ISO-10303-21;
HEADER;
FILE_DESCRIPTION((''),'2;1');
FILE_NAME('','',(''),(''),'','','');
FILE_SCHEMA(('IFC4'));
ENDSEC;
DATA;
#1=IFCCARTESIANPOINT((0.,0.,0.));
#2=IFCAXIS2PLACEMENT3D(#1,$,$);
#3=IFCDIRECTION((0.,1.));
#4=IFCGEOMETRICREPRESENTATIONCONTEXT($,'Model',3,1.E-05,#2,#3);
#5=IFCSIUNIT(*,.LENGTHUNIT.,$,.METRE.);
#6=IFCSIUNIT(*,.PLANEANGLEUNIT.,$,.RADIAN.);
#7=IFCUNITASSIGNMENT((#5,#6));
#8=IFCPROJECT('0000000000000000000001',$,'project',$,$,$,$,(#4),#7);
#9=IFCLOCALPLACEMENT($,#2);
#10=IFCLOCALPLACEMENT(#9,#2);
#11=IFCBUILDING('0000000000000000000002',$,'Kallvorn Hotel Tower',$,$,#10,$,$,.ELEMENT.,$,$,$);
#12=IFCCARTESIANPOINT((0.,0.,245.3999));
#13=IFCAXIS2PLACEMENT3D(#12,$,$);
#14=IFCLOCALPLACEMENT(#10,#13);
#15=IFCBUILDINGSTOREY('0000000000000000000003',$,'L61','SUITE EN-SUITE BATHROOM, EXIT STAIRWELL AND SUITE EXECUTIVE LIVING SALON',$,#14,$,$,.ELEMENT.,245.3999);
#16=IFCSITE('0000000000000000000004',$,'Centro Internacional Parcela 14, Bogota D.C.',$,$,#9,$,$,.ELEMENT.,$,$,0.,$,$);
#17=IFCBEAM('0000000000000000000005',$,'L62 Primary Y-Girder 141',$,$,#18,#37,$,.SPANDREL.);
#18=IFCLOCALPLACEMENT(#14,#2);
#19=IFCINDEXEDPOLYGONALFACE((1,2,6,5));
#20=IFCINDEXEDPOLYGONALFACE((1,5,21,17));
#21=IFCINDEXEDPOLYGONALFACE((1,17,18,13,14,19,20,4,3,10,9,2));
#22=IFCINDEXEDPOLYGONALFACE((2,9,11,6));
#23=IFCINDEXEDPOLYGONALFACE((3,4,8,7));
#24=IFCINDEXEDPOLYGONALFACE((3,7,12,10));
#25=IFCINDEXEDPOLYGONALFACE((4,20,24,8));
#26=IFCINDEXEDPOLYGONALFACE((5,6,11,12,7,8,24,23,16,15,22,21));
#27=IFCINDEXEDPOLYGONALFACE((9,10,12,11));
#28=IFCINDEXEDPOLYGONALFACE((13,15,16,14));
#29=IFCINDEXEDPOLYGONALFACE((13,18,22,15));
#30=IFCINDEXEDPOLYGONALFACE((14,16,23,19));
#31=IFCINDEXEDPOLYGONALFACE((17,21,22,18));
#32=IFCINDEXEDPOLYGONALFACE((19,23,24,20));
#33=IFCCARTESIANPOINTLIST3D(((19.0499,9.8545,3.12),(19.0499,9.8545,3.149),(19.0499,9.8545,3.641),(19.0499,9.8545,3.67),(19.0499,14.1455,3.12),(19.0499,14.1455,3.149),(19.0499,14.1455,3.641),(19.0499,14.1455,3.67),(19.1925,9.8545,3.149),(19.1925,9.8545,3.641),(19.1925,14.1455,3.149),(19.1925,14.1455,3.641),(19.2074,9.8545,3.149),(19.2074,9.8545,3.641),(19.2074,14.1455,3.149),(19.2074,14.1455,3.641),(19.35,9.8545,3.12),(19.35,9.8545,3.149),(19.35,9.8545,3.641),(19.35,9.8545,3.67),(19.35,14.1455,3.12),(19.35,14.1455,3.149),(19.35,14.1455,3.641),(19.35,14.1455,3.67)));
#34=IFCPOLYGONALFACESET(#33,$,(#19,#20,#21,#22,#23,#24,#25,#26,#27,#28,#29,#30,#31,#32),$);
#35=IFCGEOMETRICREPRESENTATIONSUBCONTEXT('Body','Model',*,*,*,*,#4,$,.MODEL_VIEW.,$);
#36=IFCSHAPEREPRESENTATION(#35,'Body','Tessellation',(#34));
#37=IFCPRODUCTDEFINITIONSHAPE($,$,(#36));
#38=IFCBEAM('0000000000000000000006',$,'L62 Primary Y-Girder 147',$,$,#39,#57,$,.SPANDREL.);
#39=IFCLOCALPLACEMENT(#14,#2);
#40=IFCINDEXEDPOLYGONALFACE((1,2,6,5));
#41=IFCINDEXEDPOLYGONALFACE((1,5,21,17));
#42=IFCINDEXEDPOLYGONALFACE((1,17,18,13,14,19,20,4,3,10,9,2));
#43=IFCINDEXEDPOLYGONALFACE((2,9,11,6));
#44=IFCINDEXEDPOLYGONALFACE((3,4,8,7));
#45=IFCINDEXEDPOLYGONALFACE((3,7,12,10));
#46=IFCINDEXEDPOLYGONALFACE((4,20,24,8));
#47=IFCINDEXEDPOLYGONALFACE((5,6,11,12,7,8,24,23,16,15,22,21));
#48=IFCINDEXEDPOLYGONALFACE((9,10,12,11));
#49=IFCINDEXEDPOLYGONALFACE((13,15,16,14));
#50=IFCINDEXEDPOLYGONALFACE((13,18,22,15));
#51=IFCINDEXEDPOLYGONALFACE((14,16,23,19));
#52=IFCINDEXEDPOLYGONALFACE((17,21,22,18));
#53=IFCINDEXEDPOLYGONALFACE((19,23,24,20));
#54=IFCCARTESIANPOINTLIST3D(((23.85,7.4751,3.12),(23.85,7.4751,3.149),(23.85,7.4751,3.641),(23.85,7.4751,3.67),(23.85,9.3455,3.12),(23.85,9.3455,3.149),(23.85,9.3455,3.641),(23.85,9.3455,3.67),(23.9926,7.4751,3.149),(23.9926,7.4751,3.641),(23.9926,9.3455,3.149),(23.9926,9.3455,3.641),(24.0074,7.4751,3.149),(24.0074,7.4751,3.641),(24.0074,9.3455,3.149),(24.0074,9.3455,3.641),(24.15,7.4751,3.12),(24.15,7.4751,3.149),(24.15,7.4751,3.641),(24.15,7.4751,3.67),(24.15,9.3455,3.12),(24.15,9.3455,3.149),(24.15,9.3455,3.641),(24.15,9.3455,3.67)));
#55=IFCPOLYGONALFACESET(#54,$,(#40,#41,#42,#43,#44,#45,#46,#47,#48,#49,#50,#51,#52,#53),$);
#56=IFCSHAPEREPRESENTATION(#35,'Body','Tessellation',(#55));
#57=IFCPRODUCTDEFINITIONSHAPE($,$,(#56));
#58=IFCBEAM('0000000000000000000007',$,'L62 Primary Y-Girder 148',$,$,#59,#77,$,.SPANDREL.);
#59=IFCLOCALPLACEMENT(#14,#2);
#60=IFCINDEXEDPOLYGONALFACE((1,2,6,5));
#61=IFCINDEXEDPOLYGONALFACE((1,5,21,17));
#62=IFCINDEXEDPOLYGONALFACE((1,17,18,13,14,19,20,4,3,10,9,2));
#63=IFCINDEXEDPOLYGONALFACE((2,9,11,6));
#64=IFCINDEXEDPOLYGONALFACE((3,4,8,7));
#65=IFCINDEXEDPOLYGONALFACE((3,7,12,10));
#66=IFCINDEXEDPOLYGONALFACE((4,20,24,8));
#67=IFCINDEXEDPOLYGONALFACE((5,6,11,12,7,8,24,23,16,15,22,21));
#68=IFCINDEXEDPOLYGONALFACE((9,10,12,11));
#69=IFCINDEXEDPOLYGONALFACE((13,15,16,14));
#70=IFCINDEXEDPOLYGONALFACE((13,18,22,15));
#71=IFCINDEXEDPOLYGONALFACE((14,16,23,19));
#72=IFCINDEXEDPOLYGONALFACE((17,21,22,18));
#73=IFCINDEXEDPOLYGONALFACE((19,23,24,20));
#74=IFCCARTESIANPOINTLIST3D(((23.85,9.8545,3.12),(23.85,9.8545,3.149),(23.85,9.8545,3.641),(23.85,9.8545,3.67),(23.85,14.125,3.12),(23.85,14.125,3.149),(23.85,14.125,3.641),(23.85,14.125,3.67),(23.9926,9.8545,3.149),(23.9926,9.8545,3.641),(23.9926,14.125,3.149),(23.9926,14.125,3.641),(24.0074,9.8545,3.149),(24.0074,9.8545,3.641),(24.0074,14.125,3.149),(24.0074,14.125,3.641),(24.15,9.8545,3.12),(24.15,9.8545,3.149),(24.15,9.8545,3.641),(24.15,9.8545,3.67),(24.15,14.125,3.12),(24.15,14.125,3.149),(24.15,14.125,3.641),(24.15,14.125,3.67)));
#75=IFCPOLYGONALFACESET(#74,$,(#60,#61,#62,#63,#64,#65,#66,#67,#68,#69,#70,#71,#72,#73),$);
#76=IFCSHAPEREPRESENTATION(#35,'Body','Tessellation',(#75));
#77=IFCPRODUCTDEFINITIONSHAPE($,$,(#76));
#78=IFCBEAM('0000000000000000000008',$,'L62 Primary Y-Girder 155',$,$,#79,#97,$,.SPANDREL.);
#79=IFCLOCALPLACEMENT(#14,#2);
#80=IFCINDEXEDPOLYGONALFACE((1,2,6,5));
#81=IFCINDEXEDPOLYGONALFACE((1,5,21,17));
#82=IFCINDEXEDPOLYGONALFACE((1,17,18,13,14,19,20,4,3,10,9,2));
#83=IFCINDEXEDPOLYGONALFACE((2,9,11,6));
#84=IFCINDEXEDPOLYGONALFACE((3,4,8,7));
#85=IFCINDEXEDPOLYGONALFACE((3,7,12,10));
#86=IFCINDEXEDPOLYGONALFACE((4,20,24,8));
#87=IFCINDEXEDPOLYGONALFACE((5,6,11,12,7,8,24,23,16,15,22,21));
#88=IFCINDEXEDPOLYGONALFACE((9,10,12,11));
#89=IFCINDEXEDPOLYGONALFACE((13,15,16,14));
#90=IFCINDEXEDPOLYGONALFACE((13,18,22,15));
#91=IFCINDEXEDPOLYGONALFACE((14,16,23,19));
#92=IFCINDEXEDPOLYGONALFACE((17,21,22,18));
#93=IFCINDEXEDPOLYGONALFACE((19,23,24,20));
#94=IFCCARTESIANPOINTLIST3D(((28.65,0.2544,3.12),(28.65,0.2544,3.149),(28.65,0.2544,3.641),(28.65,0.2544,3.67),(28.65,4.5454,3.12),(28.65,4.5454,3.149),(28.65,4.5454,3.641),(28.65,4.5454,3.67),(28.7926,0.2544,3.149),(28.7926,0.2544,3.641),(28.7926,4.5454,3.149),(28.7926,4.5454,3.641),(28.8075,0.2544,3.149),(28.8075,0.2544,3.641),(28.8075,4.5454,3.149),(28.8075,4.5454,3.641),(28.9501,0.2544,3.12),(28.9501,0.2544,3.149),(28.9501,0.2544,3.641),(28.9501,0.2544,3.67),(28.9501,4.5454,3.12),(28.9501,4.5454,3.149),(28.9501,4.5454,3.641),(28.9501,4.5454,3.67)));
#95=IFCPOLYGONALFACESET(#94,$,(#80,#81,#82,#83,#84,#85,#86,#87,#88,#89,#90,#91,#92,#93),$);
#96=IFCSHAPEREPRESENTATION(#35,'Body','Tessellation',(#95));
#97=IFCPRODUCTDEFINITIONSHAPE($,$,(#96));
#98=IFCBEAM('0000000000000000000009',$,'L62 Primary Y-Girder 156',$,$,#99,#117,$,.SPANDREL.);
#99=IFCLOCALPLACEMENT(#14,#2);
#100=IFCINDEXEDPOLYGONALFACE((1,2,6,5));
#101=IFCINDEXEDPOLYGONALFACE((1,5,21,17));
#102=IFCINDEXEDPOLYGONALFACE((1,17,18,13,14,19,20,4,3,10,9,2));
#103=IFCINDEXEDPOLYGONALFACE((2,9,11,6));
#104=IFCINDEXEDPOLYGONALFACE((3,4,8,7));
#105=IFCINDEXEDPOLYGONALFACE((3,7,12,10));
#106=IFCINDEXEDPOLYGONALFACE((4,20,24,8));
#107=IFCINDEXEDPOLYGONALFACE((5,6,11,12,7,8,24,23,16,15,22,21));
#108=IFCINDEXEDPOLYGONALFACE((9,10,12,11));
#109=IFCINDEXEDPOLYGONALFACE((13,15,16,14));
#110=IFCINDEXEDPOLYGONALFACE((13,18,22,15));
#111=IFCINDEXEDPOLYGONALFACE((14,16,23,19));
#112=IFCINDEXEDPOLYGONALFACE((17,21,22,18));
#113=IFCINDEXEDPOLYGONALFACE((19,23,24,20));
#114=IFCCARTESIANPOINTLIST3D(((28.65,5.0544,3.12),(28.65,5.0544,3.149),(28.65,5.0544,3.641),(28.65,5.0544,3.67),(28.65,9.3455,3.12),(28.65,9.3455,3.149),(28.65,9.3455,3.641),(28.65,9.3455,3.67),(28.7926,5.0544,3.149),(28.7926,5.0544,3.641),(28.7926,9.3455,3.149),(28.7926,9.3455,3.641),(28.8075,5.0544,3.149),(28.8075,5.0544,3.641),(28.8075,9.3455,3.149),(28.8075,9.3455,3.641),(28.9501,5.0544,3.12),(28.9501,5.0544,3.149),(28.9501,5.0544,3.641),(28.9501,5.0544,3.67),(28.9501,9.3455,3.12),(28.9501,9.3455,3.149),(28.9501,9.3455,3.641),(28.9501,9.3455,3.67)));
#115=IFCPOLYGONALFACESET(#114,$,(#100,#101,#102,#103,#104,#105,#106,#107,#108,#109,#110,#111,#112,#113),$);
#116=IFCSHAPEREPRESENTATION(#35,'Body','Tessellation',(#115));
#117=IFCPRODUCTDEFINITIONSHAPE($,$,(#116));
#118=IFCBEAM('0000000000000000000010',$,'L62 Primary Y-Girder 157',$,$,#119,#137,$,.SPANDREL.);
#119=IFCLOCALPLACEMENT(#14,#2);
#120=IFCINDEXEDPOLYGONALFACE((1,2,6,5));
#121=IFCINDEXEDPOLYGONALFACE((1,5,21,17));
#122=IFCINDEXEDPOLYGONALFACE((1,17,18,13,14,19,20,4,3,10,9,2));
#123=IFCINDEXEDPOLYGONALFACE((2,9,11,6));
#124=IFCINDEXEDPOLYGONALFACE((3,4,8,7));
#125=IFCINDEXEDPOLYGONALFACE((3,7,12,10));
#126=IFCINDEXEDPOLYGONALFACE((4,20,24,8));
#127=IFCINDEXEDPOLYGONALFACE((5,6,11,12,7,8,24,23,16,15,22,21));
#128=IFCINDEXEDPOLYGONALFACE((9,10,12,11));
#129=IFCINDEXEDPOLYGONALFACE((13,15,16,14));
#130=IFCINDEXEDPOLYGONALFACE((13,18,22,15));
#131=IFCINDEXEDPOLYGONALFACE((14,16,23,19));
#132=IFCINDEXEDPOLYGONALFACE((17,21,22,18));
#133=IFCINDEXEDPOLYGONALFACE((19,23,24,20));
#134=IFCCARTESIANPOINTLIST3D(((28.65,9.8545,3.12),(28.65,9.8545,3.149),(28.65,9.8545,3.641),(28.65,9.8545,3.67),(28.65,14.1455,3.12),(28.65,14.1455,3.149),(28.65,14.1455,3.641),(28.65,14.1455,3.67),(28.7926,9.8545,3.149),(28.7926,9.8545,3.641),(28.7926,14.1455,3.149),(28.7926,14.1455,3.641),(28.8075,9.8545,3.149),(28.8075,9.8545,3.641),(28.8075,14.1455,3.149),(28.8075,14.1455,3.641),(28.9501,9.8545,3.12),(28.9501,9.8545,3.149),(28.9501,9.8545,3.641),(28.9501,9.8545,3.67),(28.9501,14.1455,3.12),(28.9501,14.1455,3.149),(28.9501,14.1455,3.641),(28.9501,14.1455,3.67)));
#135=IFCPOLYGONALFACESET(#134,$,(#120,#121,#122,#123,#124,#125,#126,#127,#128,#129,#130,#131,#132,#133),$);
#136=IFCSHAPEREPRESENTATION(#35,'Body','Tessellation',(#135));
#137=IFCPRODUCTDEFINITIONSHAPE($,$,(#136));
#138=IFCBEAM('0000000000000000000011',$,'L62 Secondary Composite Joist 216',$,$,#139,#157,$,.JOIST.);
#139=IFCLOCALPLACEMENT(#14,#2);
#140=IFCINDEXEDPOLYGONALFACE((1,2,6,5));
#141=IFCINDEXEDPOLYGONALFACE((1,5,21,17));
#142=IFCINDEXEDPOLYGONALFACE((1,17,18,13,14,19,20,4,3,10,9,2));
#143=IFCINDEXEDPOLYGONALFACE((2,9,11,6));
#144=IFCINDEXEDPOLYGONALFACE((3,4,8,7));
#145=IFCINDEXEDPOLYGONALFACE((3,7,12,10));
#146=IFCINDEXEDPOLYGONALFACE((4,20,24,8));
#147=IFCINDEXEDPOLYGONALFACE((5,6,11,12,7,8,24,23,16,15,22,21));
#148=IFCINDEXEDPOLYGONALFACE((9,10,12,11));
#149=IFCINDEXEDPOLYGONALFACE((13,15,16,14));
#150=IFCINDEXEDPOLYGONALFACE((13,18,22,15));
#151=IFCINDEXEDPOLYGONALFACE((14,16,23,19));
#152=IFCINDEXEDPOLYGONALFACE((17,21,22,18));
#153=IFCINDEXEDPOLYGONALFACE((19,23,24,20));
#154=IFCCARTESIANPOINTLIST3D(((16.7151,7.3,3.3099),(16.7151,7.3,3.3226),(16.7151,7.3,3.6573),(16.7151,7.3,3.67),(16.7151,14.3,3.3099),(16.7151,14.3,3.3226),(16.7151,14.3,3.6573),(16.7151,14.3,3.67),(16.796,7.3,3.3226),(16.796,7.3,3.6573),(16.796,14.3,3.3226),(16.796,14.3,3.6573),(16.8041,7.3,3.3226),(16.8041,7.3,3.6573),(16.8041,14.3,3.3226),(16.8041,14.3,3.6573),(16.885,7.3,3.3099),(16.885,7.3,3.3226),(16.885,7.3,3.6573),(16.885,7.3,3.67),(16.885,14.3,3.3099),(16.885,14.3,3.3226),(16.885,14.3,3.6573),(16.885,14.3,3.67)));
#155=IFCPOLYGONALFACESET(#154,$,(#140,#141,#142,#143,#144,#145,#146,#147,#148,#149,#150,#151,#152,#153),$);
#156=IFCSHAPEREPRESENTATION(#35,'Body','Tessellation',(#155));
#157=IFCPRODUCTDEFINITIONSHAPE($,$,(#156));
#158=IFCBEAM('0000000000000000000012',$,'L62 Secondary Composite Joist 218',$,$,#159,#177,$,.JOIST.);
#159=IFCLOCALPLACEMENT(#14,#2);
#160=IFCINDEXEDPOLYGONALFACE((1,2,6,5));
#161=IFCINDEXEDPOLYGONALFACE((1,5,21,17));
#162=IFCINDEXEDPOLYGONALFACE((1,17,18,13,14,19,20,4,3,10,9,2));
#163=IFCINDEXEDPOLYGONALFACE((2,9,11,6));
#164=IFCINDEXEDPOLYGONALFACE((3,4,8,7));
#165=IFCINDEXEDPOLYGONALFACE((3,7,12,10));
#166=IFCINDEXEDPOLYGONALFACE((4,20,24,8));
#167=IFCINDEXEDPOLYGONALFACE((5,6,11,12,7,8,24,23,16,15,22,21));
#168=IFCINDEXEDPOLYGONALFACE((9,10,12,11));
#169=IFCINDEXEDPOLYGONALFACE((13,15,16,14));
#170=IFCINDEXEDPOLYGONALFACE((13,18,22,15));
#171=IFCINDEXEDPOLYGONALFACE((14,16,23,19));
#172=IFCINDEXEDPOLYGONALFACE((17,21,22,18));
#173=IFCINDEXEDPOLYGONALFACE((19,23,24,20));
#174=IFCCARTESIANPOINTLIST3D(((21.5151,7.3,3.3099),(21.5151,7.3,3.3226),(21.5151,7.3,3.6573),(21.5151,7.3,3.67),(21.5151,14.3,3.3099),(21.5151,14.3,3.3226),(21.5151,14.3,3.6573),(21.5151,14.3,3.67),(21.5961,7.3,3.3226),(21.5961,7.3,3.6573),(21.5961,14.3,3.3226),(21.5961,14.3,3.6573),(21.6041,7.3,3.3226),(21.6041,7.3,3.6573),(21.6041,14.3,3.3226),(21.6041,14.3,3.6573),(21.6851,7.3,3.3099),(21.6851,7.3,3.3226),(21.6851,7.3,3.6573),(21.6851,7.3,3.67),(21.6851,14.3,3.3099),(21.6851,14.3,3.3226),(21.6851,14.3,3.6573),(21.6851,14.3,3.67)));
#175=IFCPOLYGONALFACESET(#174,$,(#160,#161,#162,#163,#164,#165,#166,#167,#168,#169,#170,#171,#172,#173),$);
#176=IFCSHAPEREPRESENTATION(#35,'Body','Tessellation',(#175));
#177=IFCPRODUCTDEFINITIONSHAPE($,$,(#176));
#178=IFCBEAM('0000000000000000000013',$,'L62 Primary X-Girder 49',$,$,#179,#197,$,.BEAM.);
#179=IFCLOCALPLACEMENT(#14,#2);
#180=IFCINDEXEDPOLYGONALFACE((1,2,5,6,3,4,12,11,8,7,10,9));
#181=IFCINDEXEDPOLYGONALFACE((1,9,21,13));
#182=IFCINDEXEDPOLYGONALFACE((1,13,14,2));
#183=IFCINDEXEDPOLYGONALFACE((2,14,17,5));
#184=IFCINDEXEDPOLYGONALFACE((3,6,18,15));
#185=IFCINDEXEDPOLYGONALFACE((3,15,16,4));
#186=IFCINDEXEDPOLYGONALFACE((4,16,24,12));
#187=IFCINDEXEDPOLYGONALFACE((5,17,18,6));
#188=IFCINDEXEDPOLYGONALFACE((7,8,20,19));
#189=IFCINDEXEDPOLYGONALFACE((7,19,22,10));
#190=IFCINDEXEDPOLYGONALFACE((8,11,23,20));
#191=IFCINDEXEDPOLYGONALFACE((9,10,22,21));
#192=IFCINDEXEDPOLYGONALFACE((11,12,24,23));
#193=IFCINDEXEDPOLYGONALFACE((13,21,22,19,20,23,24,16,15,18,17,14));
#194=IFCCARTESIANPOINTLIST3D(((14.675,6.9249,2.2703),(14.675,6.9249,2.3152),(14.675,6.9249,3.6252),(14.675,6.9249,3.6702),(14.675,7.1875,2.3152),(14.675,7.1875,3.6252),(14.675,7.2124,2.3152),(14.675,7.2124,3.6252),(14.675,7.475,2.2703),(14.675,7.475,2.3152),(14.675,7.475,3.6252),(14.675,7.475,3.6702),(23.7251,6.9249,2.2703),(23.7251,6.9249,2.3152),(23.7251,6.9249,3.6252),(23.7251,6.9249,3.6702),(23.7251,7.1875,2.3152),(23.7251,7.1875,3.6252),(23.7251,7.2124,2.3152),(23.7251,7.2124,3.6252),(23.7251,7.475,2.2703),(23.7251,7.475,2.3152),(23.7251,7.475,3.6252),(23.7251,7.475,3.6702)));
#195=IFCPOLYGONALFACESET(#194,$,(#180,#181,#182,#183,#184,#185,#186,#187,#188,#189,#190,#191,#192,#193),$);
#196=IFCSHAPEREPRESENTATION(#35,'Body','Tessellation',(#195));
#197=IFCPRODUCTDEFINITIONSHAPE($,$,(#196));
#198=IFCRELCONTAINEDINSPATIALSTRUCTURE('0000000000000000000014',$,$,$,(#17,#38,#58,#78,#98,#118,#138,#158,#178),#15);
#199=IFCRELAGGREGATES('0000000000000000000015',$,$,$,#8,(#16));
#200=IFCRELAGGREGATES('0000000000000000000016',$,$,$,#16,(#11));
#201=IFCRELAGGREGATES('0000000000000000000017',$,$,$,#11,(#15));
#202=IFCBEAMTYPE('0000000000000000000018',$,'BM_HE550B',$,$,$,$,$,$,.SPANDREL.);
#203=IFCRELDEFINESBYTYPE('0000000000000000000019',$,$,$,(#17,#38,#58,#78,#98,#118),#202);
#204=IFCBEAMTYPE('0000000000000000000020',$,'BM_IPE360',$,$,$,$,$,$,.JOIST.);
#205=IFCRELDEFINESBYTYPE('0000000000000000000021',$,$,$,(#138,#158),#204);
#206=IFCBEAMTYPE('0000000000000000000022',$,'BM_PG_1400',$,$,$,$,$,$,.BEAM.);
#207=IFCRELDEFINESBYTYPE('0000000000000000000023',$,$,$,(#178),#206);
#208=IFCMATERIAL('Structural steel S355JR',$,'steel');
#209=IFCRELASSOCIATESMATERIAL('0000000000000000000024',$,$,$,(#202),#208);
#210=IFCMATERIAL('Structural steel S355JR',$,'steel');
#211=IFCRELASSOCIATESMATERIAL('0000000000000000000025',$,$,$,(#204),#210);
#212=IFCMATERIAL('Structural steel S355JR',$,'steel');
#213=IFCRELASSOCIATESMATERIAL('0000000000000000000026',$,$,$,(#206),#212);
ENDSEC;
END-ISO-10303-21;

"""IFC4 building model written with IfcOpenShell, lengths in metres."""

from ifc_helpers import new_model, si_unit, direction, frame, origin, origin_2d, place, context, subcontext, project, spatial, i_section, extrude, material, material_profile, profile_set, type_object, element, save


model = new_model("IFC4")

# Units and contexts
model_context = context("Model", 3, precision=1e-05, world=origin(), true_north=direction((0.0, 1.0)))
body_context = subcontext(model_context, "Body", "Model", "MODEL_VIEW")
ifc_project = project(units=[si_unit("LENGTHUNIT", "METRE"), si_unit("PLANEANGLEUNIT", "RADIAN")], contexts=[model_context])

# Site, building, storey
site_placement = place(None, origin())
site = spatial("IfcSite", under=ifc_project, at=site_placement, Name="Centro Internacional Parcela 14, Bogota D.C.", CompositionType="ELEMENT", RefElevation=0.0)
building_placement = place(site_placement, origin())
building = spatial("IfcBuilding", under=site, at=building_placement, Name="Kallvorn Hotel Tower", CompositionType="ELEMENT")
storey_placement = place(building_placement, frame((0.0, 0.0, 245.3999)))
storey = spatial("IfcBuildingStorey", under=building, at=storey_placement, Name="L61", Description="SUITE EN-SUITE BATHROOM, EXIT STAIRWELL AND SUITE EXECUTIVE LIVING SALON", CompositionType="ELEMENT", Elevation=245.3999)

# Beams
ifc_material_1 = material(Name="Structural steel S355JR", Category="steel")
ifc_material_profile_1 = material_profile(ifc_material_1, i_section(OverallWidth=0.3, OverallDepth=0.55, WebThickness=0.0149, FlangeThickness=0.0291, at=origin_2d()), Name="HE 550 B")
ifc_profile_set_1 = profile_set([ifc_material_profile_1], Name="Structural steel S355JR")
beam_type_1 = type_object("IfcBeamType", Name="BM_HE550B", PredefinedType="SPANDREL", material=ifc_profile_set_1)
for number, where, z_axis, x_axis, name in (
    (1, (19.2, 9.8545, 3.395), (0.0, 1.0, 0.0), (-1.0, 0.0, 0.0), "L62 Primary Y-Girder 141"),
):
    element("IfcBeam", number, at=place(storey_placement, frame(where, z_axis=z_axis, x_axis=x_axis)), inside=storey, type_object=beam_type_1, Name=name, PredefinedType="SPANDREL", context=body_context, shape_type="SweptSolid", body=[
        extrude(i_section(OverallWidth=0.3, OverallDepth=0.55, WebThickness=0.0149, FlangeThickness=0.0291, at=origin_2d()), origin(), (0.0, 0.0, 1.0), 4.291),
    ])
beam_1_placement = place(storey_placement, frame((24.0, 7.4751, 3.395), z_axis=(0.0, 1.0, 0.0), x_axis=(-1.0, 0.0, 0.0)))
element("IfcBeam", 2, at=beam_1_placement, inside=storey, type_object=beam_type_1, Name="L62 Primary Y-Girder 147", PredefinedType="SPANDREL", context=body_context, shape_type="SweptSolid", body=[
    extrude(i_section(OverallWidth=0.3, OverallDepth=0.55, WebThickness=0.0149, FlangeThickness=0.0291, at=origin_2d()), origin(), (0.0, 0.0, 1.0), 1.8704),
])
beam_2_placement = place(storey_placement, frame((24.0, 9.8545, 3.395), z_axis=(0.0, 1.0, 0.0), x_axis=(-1.0, 0.0, 0.0)))
element("IfcBeam", 3, at=beam_2_placement, inside=storey, type_object=beam_type_1, Name="L62 Primary Y-Girder 148", PredefinedType="SPANDREL", context=body_context, shape_type="SweptSolid", body=[
    extrude(i_section(OverallWidth=0.3, OverallDepth=0.55, WebThickness=0.0149, FlangeThickness=0.0291, at=origin_2d()), origin(), (0.0, 0.0, 1.0), 4.2705),
])
for number, where, z_axis, x_axis, name in (
    (4, (28.8, 0.2544, 3.395), (0.0, 1.0, 0.0), (-1.0, 0.0, 0.0), "L62 Primary Y-Girder 155"),
    (5, (28.8, 5.0544, 3.395), (0.0, 1.0, 0.0), (-1.0, 0.0, 0.0), "L62 Primary Y-Girder 156"),
    (6, (28.8, 9.8545, 3.395), (0.0, 1.0, 0.0), (-1.0, 0.0, 0.0), "L62 Primary Y-Girder 157"),
):
    element("IfcBeam", number, at=place(storey_placement, frame(where, z_axis=z_axis, x_axis=x_axis)), inside=storey, type_object=beam_type_1, Name=name, PredefinedType="SPANDREL", context=body_context, shape_type="SweptSolid", body=[
        extrude(i_section(OverallWidth=0.3, OverallDepth=0.55, WebThickness=0.0149, FlangeThickness=0.0291, at=origin_2d()), origin(), (0.0, 0.0, 1.0), 4.291),
    ])
ifc_material_2 = material(Name="Structural steel S355JR", Category="steel")
ifc_material_profile_2 = material_profile(ifc_material_2, i_section(OverallWidth=0.1699, OverallDepth=0.3601, WebThickness=0.0081, FlangeThickness=0.0127, at=origin_2d()), Name="IPE 360")
ifc_profile_set_2 = profile_set([ifc_material_profile_2], Name="Structural steel S355JR")
beam_type_2 = type_object("IfcBeamType", Name="BM_IPE360", PredefinedType="JOIST", material=ifc_profile_set_2)
for number, where, z_axis, x_axis, name in (
    (7, (16.8, 7.3, 3.49), (0.0, 1.0, 0.0), (-1.0, 0.0, 0.0), "L62 Secondary Composite Joist 216"),
    (8, (21.6001, 7.3, 3.49), (0.0, 1.0, 0.0), (-1.0, 0.0, 0.0), "L62 Secondary Composite Joist 218"),
):
    element("IfcBeam", number, at=place(storey_placement, frame(where, z_axis=z_axis, x_axis=x_axis)), inside=storey, type_object=beam_type_2, Name=name, PredefinedType="JOIST", context=body_context, shape_type="SweptSolid", body=[
        extrude(i_section(OverallWidth=0.1699, OverallDepth=0.3601, WebThickness=0.0081, FlangeThickness=0.0127, at=origin_2d()), origin(), (0.0, 0.0, 1.0), 7.0),
    ])
ifc_material_3 = material(Name="Structural steel S355JR", Category="steel")
ifc_material_profile_3 = material_profile(ifc_material_3, i_section(OverallWidth=0.55, OverallDepth=1.3999, WebThickness=0.0249, FlangeThickness=0.0449, at=origin_2d()), Name="PG 1400x550x25x45")
ifc_profile_set_3 = profile_set([ifc_material_profile_3], Name="Structural steel S355JR")
beam_type_3 = type_object("IfcBeamType", Name="BM_PG_1400", PredefinedType="BEAM", material=ifc_profile_set_3)
beam_3_placement = place(storey_placement, frame((14.675, 7.2, 2.9702), z_axis=(1.0, 0.0, 0.0), x_axis=(0.0, 1.0, 0.0)))
element("IfcBeam", 9, at=beam_3_placement, inside=storey, type_object=beam_type_3, Name="L62 Primary X-Girder 49", PredefinedType="BEAM", context=body_context, shape_type="SweptSolid", body=[
    extrude(i_section(OverallWidth=0.55, OverallDepth=1.3999, WebThickness=0.0249, FlangeThickness=0.0449, at=origin_2d()), origin(), (0.0, 0.0, 1.0), 9.05),
])

save(model, "model.ifc")
